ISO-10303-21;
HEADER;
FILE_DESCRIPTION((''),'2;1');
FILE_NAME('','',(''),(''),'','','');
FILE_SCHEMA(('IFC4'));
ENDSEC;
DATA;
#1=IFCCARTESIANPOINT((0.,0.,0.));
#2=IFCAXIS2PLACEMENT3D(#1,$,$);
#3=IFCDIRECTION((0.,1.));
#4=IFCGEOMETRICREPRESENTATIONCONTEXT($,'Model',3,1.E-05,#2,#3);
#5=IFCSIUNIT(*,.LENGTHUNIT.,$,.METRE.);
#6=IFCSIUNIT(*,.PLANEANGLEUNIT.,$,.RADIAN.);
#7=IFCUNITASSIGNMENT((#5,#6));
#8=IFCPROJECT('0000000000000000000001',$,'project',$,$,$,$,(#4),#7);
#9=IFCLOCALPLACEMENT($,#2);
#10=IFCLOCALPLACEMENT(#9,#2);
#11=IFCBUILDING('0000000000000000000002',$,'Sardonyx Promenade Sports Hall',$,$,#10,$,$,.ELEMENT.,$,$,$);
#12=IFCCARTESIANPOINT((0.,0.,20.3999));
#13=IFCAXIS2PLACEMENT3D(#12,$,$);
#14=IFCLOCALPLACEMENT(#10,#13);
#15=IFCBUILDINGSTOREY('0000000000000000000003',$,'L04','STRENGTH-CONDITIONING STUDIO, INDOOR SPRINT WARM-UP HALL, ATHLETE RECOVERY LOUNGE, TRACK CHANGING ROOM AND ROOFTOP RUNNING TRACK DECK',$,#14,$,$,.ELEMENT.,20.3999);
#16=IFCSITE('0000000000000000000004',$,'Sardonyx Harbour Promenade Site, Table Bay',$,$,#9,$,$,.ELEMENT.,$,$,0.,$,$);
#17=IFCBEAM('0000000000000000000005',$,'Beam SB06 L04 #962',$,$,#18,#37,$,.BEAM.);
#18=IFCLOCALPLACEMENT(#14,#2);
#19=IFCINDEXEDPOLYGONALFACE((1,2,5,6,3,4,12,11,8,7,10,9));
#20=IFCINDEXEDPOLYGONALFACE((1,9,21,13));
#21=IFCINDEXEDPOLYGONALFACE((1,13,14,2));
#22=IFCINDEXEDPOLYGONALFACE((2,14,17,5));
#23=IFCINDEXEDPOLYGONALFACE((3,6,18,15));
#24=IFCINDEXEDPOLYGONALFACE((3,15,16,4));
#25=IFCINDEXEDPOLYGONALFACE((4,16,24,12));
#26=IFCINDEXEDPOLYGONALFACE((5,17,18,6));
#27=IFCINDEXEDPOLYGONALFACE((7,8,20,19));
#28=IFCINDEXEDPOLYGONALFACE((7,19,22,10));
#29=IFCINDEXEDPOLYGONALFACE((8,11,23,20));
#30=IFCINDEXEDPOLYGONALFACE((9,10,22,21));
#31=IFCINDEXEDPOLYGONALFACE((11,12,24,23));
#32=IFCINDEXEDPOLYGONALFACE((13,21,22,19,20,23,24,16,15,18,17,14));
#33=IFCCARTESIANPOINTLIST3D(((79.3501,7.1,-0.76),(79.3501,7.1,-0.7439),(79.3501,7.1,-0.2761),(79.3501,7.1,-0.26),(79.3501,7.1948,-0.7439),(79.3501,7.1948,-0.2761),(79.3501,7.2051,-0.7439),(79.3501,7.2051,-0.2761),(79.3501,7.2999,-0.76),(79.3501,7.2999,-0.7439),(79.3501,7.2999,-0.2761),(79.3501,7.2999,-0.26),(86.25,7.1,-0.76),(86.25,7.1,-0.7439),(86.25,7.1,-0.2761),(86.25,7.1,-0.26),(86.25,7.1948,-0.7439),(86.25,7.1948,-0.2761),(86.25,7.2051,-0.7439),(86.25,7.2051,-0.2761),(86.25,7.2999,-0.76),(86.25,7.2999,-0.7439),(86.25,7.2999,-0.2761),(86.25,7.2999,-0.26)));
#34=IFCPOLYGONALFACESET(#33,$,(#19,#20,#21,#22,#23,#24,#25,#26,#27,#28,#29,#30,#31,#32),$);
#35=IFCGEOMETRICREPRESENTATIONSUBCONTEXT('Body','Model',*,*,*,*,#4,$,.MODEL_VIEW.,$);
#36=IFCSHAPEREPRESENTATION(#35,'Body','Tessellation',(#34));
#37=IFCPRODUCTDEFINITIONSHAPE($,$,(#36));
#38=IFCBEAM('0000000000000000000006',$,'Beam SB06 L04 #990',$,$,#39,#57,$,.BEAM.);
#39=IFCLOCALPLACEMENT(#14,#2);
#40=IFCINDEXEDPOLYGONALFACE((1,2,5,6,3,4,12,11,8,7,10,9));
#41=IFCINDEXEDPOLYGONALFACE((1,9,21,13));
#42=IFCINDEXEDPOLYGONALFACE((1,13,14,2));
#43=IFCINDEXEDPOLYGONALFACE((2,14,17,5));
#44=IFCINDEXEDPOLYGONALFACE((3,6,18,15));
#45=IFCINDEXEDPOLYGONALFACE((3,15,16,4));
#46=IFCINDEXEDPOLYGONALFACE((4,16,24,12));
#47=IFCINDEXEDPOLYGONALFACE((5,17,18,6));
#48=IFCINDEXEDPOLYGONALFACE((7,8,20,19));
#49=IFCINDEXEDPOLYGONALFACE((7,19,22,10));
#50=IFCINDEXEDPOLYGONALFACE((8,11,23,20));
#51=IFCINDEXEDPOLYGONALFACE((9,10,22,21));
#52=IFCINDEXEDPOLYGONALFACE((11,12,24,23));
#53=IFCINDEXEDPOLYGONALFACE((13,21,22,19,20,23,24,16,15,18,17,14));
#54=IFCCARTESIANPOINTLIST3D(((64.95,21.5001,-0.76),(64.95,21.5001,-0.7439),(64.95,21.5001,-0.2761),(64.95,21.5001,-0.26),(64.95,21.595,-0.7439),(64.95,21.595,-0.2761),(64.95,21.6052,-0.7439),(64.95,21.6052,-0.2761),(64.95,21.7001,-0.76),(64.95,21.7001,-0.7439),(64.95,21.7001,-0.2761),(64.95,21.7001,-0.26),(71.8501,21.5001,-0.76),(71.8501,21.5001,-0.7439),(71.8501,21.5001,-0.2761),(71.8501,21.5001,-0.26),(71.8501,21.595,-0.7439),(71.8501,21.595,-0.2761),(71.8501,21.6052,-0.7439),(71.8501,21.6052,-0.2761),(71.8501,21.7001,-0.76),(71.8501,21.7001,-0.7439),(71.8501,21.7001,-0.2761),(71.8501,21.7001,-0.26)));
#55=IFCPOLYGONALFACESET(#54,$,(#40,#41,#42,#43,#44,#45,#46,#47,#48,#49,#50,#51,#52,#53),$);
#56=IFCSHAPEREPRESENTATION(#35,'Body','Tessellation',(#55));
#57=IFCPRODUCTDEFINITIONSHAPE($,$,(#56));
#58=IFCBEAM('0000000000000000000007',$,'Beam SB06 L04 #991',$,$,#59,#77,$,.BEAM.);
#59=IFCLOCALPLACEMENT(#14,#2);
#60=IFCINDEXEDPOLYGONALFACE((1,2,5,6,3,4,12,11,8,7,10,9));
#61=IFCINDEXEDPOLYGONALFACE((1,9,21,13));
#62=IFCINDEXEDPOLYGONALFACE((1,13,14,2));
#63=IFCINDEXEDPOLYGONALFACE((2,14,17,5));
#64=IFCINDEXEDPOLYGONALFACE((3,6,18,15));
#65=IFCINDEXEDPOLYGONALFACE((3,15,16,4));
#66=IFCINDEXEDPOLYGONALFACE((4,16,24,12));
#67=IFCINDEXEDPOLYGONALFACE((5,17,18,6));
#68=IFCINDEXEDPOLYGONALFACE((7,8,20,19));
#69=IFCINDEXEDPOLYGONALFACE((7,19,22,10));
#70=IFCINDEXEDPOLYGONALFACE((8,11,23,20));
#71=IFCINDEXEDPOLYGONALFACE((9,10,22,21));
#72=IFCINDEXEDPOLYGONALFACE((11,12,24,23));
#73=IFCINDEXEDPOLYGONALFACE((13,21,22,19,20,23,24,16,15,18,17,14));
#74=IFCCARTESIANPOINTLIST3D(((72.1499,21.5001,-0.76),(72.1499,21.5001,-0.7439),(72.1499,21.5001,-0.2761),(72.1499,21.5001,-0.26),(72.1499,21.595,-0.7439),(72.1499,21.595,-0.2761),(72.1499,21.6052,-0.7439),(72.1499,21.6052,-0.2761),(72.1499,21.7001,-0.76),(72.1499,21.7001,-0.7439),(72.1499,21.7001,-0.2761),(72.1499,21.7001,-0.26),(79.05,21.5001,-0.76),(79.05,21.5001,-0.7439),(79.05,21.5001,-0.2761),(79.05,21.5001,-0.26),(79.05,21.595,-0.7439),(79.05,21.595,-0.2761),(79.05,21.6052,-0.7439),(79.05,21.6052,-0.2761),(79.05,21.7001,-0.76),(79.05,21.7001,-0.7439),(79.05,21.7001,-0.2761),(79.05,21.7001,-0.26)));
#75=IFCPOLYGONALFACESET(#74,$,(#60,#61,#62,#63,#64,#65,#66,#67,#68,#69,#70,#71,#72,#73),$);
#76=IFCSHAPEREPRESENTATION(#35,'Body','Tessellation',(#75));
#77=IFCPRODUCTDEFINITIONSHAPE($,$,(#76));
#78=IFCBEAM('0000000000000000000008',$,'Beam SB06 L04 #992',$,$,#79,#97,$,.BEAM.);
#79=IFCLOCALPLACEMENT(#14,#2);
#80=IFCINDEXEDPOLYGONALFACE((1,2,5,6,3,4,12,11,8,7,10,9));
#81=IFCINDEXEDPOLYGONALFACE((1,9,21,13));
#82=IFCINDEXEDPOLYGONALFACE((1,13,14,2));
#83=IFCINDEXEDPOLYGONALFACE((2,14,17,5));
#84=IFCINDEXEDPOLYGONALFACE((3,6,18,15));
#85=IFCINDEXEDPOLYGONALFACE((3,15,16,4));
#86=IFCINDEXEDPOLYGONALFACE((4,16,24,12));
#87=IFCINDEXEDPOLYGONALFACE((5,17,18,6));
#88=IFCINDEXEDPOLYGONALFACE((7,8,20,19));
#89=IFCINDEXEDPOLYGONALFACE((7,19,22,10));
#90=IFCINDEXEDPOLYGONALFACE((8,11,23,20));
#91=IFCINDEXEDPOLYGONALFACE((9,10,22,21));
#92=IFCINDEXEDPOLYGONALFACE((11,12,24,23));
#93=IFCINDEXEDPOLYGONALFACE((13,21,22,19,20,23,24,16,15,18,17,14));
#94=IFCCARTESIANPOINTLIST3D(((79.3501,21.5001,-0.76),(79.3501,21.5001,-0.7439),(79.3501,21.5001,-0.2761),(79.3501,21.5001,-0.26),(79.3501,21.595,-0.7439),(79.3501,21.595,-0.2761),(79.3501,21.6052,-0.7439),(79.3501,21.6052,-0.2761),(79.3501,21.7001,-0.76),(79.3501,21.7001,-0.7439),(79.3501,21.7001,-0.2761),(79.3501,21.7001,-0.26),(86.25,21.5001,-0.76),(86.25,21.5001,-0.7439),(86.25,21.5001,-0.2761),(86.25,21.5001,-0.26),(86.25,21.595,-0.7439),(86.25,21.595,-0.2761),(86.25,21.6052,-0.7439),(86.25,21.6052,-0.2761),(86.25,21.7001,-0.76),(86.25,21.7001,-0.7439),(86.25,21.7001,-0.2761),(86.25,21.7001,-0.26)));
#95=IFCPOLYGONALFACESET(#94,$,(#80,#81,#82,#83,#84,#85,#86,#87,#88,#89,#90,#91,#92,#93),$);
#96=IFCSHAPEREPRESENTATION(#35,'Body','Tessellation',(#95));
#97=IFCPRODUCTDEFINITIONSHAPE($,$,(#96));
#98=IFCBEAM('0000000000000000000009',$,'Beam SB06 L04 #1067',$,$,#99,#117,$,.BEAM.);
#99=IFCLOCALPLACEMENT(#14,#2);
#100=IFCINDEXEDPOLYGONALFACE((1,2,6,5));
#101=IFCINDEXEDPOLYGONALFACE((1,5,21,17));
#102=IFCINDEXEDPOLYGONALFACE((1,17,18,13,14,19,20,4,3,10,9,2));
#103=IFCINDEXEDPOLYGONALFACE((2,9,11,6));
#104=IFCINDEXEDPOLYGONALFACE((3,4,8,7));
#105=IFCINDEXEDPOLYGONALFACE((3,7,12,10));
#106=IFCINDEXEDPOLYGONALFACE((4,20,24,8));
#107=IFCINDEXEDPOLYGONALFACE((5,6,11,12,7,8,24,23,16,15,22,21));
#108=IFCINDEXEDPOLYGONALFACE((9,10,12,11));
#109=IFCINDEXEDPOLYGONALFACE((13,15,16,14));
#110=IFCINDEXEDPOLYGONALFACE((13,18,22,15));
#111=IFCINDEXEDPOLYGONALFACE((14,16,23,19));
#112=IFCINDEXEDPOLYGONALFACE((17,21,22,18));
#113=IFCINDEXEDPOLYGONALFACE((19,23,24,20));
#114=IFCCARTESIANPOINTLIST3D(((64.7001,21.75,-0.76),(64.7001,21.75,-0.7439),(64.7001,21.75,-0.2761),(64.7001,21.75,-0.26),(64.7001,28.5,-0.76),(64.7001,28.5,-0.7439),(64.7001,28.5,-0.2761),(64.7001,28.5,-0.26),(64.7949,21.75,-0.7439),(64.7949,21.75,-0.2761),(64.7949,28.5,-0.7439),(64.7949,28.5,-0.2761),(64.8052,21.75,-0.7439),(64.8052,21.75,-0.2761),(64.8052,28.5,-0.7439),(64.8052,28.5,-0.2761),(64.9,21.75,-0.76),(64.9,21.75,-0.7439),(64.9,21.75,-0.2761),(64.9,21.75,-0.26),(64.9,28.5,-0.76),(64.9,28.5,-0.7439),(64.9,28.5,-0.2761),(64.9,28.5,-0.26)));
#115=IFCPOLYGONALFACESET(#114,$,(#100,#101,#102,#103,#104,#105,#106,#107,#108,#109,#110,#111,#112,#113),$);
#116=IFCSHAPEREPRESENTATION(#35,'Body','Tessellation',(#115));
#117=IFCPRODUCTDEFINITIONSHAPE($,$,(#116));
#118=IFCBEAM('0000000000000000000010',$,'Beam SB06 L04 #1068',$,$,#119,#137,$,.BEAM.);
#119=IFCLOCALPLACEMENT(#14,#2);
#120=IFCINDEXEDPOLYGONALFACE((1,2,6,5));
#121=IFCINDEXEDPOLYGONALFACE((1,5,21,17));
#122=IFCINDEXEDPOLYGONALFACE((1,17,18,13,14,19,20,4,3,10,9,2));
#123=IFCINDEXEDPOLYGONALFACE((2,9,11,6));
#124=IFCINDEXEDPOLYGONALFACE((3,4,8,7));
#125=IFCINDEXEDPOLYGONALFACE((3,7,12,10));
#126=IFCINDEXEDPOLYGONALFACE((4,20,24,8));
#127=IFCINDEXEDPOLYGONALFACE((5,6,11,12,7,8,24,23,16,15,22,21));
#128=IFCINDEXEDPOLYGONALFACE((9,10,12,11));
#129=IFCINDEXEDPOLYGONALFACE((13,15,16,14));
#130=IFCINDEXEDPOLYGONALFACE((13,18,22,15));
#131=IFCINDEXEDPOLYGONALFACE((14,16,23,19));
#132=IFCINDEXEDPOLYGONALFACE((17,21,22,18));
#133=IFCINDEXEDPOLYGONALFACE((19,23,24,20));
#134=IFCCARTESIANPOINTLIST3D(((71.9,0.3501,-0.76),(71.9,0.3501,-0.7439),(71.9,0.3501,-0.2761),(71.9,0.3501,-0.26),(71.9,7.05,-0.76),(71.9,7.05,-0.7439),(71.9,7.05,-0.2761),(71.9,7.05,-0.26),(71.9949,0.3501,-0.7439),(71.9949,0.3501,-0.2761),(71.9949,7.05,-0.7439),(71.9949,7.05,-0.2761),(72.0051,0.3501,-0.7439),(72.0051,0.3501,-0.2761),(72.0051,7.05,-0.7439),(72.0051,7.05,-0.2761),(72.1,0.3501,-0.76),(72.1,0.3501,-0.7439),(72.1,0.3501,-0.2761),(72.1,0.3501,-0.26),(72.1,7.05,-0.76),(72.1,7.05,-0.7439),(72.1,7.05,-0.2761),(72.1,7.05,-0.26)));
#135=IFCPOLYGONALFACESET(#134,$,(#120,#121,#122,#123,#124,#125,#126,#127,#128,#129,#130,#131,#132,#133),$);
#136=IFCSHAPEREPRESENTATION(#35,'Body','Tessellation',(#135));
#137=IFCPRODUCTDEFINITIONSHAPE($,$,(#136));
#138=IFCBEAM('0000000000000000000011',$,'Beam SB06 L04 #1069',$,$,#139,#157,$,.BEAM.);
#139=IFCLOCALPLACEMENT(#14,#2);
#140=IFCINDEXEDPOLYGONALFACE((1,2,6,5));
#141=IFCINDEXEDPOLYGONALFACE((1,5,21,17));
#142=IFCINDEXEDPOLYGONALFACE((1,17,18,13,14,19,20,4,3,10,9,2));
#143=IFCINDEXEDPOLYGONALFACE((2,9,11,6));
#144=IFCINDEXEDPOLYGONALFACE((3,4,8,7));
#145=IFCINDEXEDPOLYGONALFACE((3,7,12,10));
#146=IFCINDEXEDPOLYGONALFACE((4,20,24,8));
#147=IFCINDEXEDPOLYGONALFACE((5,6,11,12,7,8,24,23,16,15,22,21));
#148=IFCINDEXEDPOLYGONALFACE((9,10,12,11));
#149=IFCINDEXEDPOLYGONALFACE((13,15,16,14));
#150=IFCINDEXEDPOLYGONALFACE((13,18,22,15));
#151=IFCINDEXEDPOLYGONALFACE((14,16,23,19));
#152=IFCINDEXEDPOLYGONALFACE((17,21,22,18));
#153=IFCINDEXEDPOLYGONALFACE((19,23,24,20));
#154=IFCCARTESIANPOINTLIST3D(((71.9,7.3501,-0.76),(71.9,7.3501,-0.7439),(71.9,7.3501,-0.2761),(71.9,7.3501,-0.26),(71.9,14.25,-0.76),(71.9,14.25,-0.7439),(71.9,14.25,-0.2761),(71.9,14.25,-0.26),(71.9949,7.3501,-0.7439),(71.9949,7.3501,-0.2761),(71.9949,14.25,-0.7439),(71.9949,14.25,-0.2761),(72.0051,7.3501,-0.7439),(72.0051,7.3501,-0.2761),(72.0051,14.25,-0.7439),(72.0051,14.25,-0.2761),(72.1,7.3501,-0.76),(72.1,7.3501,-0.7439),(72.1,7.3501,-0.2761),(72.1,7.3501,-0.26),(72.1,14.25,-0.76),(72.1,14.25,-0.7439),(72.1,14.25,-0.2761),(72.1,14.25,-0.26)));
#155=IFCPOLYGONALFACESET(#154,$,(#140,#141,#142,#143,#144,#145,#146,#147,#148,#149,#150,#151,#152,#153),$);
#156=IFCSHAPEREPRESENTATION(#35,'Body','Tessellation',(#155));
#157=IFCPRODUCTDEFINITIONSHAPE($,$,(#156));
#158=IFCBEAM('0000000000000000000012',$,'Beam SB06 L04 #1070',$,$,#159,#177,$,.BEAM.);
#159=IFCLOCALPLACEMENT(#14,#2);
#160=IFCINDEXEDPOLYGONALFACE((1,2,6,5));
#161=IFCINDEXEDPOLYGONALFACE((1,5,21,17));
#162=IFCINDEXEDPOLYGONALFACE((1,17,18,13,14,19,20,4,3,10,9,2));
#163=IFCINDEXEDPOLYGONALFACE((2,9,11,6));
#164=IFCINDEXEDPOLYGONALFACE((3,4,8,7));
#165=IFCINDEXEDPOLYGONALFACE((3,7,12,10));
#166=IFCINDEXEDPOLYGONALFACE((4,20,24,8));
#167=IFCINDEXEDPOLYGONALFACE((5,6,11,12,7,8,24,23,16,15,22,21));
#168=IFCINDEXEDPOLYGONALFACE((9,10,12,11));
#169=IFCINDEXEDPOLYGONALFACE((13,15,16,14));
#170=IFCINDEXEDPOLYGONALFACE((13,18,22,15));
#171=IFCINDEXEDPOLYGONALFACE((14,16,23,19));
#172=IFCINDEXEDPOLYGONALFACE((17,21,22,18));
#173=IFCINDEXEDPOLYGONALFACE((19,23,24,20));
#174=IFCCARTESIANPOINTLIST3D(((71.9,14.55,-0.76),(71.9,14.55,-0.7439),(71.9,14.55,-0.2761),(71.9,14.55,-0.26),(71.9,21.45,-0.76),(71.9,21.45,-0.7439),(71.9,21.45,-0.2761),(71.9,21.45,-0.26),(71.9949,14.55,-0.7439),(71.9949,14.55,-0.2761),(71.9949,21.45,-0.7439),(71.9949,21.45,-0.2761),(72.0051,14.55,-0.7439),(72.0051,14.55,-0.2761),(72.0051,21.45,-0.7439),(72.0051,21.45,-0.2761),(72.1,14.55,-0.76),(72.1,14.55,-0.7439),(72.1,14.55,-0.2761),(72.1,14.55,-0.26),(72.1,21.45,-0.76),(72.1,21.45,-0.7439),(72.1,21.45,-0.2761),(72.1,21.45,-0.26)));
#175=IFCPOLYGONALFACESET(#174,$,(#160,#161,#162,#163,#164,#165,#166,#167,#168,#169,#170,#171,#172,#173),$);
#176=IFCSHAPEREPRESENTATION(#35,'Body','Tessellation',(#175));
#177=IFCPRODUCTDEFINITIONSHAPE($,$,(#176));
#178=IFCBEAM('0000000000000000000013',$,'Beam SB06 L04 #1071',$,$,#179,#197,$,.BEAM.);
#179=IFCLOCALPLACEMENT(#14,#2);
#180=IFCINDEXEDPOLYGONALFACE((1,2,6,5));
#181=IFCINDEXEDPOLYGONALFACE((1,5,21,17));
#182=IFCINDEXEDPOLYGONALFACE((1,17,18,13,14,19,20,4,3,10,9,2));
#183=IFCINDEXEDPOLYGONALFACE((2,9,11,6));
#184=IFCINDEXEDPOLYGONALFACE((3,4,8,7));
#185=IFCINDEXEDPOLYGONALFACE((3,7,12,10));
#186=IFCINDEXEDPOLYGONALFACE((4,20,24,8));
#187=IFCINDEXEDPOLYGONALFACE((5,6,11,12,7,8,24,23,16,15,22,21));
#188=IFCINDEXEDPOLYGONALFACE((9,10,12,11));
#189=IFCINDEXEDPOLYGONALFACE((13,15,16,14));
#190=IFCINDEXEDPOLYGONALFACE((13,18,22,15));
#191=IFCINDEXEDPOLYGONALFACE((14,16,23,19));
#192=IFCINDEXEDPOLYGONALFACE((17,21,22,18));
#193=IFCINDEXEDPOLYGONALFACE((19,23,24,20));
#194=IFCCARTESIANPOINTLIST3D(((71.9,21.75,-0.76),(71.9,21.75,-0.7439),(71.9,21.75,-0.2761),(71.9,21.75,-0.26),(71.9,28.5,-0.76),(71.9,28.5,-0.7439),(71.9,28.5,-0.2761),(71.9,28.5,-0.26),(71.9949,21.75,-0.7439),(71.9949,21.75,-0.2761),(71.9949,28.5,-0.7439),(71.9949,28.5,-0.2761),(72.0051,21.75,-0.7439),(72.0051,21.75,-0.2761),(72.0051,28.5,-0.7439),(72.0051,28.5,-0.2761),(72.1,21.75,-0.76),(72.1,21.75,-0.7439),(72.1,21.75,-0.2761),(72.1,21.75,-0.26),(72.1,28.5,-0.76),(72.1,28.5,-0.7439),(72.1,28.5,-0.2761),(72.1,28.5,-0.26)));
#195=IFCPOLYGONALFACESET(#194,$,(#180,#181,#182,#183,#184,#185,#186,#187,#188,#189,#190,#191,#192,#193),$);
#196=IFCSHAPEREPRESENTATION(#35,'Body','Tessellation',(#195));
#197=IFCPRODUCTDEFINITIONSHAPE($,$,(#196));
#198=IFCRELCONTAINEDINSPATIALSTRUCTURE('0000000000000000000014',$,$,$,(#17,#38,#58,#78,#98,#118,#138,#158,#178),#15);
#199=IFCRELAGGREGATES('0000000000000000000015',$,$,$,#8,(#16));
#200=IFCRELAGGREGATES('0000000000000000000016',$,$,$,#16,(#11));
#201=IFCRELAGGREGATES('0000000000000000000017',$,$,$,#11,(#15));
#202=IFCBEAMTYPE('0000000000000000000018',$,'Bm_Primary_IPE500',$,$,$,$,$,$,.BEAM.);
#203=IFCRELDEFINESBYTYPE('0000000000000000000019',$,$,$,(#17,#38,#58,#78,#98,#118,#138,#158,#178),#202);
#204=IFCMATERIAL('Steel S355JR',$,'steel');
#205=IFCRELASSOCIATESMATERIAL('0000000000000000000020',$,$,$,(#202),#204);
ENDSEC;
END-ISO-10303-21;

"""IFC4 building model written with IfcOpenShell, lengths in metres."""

from ifc_helpers import new_model, si_unit, direction, frame, origin, origin_2d, place, context, subcontext, project, spatial, i_section, extrude, material, material_profile, profile_set, type_object, element, save


model = new_model("IFC4")

# Units and contexts
model_context = context("Model", 3, precision=1e-05, world=origin(), true_north=direction((0.0, 1.0)))
body_context = subcontext(model_context, "Body", "Model", "MODEL_VIEW")
ifc_project = project(units=[si_unit("LENGTHUNIT", "METRE"), si_unit("PLANEANGLEUNIT", "RADIAN")], contexts=[model_context])

# Site, building, storey
site_placement = place(None, origin())
site = spatial("IfcSite", under=ifc_project, at=site_placement, Name="Sardonyx Harbour Promenade Site, Table Bay", CompositionType="ELEMENT", RefElevation=0.0)
building_placement = place(site_placement, origin())
building = spatial("IfcBuilding", under=site, at=building_placement, Name="Sardonyx Promenade Sports Hall", CompositionType="ELEMENT")
storey_placement = place(building_placement, frame((0.0, 0.0, 20.3999)))
storey = spatial("IfcBuildingStorey", under=building, at=storey_placement, Name="L04", Description="STRENGTH-CONDITIONING STUDIO, INDOOR SPRINT WARM-UP HALL, ATHLETE RECOVERY LOUNGE, TRACK CHANGING ROOM AND ROOFTOP RUNNING TRACK DECK", CompositionType="ELEMENT", Elevation=20.3999)

# Beams
ifc_material_1 = material(Name="Steel S355JR", Category="steel")
ifc_material_profile_1 = material_profile(ifc_material_1, i_section(OverallWidth=0.2, OverallDepth=0.5, WebThickness=0.0103, FlangeThickness=0.0161, at=origin_2d()))
ifc_profile_set_1 = profile_set([ifc_material_profile_1], Name="Steel S355JR")
beam_type_1 = type_object("IfcBeamType", Name="Bm_Primary_IPE500", PredefinedType="BEAM", material=ifc_profile_set_1)
beam_1_placement = place(storey_placement, frame((79.3501, 7.2, -0.51), z_axis=(1.0, 0.0, 0.0), x_axis=(0.0, 1.0, 0.0)))
element("IfcBeam", 1, at=beam_1_placement, inside=storey, type_object=beam_type_1, Name="Beam SB06 L04 #962", PredefinedType="BEAM", context=body_context, shape_type="SweptSolid", body=[
    extrude(i_section(OverallWidth=0.2, OverallDepth=0.5, WebThickness=0.0103, FlangeThickness=0.0161, at=origin_2d()), origin(), (0.0, 0.0, 1.0), 6.8999),
])
for number, where, z_axis, x_axis, name in (
    (2, (64.95, 21.6001, -0.51), (1.0, 0.0, 0.0), (0.0, 1.0, 0.0), "Beam SB06 L04 #990"),
    (3, (72.1499, 21.6001, -0.51), (1.0, 0.0, 0.0), (0.0, 1.0, 0.0), "Beam SB06 L04 #991"),
):
    element("IfcBeam", number, at=place(storey_placement, frame(where, z_axis=z_axis, x_axis=x_axis)), inside=storey, type_object=beam_type_1, Name=name, PredefinedType="BEAM", context=body_context, shape_type="SweptSolid", body=[
        extrude(i_section(OverallWidth=0.2, OverallDepth=0.5, WebThickness=0.0103, FlangeThickness=0.0161, at=origin_2d()), origin(), (0.0, 0.0, 1.0), 6.9001),
    ])
beam_2_placement = place(storey_placement, frame((79.3501, 21.6001, -0.51), z_axis=(1.0, 0.0, 0.0), x_axis=(0.0, 1.0, 0.0)))
element("IfcBeam", 4, at=beam_2_placement, inside=storey, type_object=beam_type_1, Name="Beam SB06 L04 #992", PredefinedType="BEAM", context=body_context, shape_type="SweptSolid", body=[
    extrude(i_section(OverallWidth=0.2, OverallDepth=0.5, WebThickness=0.0103, FlangeThickness=0.0161, at=origin_2d()), origin(), (0.0, 0.0, 1.0), 6.8999),
])
beam_3_placement = place(storey_placement, frame((64.8, 21.75, -0.51), z_axis=(0.0, 1.0, 0.0), x_axis=(-1.0, 0.0, 0.0)))
element("IfcBeam", 5, at=beam_3_placement, inside=storey, type_object=beam_type_1, Name="Beam SB06 L04 #1067", PredefinedType="BEAM", context=body_context, shape_type="SweptSolid", body=[
    extrude(i_section(OverallWidth=0.2, OverallDepth=0.5, WebThickness=0.0103, FlangeThickness=0.0161, at=origin_2d()), origin(), (0.0, 0.0, 1.0), 6.75),
])
beam_4_placement = place(storey_placement, frame((72.0, 0.3501, -0.51), z_axis=(0.0, 1.0, 0.0), x_axis=(-1.0, 0.0, 0.0)))
element("IfcBeam", 6, at=beam_4_placement, inside=storey, type_object=beam_type_1, Name="Beam SB06 L04 #1068", PredefinedType="BEAM", context=body_context, shape_type="SweptSolid", body=[
    extrude(i_section(OverallWidth=0.2, OverallDepth=0.5, WebThickness=0.0103, FlangeThickness=0.0161, at=origin_2d()), origin(), (0.0, 0.0, 1.0), 6.7),
])
for number, where, z_axis, x_axis, name in (
    (7, (72.0, 7.3501, -0.51), (0.0, 1.0, 0.0), (-1.0, 0.0, 0.0), "Beam SB06 L04 #1069"),
    (8, (72.0, 14.55, -0.51), (0.0, 1.0, 0.0), (-1.0, 0.0, 0.0), "Beam SB06 L04 #1070"),
):
    element("IfcBeam", number, at=place(storey_placement, frame(where, z_axis=z_axis, x_axis=x_axis)), inside=storey, type_object=beam_type_1, Name=name, PredefinedType="BEAM", context=body_context, shape_type="SweptSolid", body=[
        extrude(i_section(OverallWidth=0.2, OverallDepth=0.5, WebThickness=0.0103, FlangeThickness=0.0161, at=origin_2d()), origin(), (0.0, 0.0, 1.0), 6.8999),
    ])
beam_5_placement = place(storey_placement, frame((72.0, 21.75, -0.51), z_axis=(0.0, 1.0, 0.0), x_axis=(-1.0, 0.0, 0.0)))
element("IfcBeam", 9, at=beam_5_placement, inside=storey, type_object=beam_type_1, Name="Beam SB06 L04 #1071", PredefinedType="BEAM", context=body_context, shape_type="SweptSolid", body=[
    extrude(i_section(OverallWidth=0.2, OverallDepth=0.5, WebThickness=0.0103, FlangeThickness=0.0161, at=origin_2d()), origin(), (0.0, 0.0, 1.0), 6.75),
])

save(model, "model.ifc")
